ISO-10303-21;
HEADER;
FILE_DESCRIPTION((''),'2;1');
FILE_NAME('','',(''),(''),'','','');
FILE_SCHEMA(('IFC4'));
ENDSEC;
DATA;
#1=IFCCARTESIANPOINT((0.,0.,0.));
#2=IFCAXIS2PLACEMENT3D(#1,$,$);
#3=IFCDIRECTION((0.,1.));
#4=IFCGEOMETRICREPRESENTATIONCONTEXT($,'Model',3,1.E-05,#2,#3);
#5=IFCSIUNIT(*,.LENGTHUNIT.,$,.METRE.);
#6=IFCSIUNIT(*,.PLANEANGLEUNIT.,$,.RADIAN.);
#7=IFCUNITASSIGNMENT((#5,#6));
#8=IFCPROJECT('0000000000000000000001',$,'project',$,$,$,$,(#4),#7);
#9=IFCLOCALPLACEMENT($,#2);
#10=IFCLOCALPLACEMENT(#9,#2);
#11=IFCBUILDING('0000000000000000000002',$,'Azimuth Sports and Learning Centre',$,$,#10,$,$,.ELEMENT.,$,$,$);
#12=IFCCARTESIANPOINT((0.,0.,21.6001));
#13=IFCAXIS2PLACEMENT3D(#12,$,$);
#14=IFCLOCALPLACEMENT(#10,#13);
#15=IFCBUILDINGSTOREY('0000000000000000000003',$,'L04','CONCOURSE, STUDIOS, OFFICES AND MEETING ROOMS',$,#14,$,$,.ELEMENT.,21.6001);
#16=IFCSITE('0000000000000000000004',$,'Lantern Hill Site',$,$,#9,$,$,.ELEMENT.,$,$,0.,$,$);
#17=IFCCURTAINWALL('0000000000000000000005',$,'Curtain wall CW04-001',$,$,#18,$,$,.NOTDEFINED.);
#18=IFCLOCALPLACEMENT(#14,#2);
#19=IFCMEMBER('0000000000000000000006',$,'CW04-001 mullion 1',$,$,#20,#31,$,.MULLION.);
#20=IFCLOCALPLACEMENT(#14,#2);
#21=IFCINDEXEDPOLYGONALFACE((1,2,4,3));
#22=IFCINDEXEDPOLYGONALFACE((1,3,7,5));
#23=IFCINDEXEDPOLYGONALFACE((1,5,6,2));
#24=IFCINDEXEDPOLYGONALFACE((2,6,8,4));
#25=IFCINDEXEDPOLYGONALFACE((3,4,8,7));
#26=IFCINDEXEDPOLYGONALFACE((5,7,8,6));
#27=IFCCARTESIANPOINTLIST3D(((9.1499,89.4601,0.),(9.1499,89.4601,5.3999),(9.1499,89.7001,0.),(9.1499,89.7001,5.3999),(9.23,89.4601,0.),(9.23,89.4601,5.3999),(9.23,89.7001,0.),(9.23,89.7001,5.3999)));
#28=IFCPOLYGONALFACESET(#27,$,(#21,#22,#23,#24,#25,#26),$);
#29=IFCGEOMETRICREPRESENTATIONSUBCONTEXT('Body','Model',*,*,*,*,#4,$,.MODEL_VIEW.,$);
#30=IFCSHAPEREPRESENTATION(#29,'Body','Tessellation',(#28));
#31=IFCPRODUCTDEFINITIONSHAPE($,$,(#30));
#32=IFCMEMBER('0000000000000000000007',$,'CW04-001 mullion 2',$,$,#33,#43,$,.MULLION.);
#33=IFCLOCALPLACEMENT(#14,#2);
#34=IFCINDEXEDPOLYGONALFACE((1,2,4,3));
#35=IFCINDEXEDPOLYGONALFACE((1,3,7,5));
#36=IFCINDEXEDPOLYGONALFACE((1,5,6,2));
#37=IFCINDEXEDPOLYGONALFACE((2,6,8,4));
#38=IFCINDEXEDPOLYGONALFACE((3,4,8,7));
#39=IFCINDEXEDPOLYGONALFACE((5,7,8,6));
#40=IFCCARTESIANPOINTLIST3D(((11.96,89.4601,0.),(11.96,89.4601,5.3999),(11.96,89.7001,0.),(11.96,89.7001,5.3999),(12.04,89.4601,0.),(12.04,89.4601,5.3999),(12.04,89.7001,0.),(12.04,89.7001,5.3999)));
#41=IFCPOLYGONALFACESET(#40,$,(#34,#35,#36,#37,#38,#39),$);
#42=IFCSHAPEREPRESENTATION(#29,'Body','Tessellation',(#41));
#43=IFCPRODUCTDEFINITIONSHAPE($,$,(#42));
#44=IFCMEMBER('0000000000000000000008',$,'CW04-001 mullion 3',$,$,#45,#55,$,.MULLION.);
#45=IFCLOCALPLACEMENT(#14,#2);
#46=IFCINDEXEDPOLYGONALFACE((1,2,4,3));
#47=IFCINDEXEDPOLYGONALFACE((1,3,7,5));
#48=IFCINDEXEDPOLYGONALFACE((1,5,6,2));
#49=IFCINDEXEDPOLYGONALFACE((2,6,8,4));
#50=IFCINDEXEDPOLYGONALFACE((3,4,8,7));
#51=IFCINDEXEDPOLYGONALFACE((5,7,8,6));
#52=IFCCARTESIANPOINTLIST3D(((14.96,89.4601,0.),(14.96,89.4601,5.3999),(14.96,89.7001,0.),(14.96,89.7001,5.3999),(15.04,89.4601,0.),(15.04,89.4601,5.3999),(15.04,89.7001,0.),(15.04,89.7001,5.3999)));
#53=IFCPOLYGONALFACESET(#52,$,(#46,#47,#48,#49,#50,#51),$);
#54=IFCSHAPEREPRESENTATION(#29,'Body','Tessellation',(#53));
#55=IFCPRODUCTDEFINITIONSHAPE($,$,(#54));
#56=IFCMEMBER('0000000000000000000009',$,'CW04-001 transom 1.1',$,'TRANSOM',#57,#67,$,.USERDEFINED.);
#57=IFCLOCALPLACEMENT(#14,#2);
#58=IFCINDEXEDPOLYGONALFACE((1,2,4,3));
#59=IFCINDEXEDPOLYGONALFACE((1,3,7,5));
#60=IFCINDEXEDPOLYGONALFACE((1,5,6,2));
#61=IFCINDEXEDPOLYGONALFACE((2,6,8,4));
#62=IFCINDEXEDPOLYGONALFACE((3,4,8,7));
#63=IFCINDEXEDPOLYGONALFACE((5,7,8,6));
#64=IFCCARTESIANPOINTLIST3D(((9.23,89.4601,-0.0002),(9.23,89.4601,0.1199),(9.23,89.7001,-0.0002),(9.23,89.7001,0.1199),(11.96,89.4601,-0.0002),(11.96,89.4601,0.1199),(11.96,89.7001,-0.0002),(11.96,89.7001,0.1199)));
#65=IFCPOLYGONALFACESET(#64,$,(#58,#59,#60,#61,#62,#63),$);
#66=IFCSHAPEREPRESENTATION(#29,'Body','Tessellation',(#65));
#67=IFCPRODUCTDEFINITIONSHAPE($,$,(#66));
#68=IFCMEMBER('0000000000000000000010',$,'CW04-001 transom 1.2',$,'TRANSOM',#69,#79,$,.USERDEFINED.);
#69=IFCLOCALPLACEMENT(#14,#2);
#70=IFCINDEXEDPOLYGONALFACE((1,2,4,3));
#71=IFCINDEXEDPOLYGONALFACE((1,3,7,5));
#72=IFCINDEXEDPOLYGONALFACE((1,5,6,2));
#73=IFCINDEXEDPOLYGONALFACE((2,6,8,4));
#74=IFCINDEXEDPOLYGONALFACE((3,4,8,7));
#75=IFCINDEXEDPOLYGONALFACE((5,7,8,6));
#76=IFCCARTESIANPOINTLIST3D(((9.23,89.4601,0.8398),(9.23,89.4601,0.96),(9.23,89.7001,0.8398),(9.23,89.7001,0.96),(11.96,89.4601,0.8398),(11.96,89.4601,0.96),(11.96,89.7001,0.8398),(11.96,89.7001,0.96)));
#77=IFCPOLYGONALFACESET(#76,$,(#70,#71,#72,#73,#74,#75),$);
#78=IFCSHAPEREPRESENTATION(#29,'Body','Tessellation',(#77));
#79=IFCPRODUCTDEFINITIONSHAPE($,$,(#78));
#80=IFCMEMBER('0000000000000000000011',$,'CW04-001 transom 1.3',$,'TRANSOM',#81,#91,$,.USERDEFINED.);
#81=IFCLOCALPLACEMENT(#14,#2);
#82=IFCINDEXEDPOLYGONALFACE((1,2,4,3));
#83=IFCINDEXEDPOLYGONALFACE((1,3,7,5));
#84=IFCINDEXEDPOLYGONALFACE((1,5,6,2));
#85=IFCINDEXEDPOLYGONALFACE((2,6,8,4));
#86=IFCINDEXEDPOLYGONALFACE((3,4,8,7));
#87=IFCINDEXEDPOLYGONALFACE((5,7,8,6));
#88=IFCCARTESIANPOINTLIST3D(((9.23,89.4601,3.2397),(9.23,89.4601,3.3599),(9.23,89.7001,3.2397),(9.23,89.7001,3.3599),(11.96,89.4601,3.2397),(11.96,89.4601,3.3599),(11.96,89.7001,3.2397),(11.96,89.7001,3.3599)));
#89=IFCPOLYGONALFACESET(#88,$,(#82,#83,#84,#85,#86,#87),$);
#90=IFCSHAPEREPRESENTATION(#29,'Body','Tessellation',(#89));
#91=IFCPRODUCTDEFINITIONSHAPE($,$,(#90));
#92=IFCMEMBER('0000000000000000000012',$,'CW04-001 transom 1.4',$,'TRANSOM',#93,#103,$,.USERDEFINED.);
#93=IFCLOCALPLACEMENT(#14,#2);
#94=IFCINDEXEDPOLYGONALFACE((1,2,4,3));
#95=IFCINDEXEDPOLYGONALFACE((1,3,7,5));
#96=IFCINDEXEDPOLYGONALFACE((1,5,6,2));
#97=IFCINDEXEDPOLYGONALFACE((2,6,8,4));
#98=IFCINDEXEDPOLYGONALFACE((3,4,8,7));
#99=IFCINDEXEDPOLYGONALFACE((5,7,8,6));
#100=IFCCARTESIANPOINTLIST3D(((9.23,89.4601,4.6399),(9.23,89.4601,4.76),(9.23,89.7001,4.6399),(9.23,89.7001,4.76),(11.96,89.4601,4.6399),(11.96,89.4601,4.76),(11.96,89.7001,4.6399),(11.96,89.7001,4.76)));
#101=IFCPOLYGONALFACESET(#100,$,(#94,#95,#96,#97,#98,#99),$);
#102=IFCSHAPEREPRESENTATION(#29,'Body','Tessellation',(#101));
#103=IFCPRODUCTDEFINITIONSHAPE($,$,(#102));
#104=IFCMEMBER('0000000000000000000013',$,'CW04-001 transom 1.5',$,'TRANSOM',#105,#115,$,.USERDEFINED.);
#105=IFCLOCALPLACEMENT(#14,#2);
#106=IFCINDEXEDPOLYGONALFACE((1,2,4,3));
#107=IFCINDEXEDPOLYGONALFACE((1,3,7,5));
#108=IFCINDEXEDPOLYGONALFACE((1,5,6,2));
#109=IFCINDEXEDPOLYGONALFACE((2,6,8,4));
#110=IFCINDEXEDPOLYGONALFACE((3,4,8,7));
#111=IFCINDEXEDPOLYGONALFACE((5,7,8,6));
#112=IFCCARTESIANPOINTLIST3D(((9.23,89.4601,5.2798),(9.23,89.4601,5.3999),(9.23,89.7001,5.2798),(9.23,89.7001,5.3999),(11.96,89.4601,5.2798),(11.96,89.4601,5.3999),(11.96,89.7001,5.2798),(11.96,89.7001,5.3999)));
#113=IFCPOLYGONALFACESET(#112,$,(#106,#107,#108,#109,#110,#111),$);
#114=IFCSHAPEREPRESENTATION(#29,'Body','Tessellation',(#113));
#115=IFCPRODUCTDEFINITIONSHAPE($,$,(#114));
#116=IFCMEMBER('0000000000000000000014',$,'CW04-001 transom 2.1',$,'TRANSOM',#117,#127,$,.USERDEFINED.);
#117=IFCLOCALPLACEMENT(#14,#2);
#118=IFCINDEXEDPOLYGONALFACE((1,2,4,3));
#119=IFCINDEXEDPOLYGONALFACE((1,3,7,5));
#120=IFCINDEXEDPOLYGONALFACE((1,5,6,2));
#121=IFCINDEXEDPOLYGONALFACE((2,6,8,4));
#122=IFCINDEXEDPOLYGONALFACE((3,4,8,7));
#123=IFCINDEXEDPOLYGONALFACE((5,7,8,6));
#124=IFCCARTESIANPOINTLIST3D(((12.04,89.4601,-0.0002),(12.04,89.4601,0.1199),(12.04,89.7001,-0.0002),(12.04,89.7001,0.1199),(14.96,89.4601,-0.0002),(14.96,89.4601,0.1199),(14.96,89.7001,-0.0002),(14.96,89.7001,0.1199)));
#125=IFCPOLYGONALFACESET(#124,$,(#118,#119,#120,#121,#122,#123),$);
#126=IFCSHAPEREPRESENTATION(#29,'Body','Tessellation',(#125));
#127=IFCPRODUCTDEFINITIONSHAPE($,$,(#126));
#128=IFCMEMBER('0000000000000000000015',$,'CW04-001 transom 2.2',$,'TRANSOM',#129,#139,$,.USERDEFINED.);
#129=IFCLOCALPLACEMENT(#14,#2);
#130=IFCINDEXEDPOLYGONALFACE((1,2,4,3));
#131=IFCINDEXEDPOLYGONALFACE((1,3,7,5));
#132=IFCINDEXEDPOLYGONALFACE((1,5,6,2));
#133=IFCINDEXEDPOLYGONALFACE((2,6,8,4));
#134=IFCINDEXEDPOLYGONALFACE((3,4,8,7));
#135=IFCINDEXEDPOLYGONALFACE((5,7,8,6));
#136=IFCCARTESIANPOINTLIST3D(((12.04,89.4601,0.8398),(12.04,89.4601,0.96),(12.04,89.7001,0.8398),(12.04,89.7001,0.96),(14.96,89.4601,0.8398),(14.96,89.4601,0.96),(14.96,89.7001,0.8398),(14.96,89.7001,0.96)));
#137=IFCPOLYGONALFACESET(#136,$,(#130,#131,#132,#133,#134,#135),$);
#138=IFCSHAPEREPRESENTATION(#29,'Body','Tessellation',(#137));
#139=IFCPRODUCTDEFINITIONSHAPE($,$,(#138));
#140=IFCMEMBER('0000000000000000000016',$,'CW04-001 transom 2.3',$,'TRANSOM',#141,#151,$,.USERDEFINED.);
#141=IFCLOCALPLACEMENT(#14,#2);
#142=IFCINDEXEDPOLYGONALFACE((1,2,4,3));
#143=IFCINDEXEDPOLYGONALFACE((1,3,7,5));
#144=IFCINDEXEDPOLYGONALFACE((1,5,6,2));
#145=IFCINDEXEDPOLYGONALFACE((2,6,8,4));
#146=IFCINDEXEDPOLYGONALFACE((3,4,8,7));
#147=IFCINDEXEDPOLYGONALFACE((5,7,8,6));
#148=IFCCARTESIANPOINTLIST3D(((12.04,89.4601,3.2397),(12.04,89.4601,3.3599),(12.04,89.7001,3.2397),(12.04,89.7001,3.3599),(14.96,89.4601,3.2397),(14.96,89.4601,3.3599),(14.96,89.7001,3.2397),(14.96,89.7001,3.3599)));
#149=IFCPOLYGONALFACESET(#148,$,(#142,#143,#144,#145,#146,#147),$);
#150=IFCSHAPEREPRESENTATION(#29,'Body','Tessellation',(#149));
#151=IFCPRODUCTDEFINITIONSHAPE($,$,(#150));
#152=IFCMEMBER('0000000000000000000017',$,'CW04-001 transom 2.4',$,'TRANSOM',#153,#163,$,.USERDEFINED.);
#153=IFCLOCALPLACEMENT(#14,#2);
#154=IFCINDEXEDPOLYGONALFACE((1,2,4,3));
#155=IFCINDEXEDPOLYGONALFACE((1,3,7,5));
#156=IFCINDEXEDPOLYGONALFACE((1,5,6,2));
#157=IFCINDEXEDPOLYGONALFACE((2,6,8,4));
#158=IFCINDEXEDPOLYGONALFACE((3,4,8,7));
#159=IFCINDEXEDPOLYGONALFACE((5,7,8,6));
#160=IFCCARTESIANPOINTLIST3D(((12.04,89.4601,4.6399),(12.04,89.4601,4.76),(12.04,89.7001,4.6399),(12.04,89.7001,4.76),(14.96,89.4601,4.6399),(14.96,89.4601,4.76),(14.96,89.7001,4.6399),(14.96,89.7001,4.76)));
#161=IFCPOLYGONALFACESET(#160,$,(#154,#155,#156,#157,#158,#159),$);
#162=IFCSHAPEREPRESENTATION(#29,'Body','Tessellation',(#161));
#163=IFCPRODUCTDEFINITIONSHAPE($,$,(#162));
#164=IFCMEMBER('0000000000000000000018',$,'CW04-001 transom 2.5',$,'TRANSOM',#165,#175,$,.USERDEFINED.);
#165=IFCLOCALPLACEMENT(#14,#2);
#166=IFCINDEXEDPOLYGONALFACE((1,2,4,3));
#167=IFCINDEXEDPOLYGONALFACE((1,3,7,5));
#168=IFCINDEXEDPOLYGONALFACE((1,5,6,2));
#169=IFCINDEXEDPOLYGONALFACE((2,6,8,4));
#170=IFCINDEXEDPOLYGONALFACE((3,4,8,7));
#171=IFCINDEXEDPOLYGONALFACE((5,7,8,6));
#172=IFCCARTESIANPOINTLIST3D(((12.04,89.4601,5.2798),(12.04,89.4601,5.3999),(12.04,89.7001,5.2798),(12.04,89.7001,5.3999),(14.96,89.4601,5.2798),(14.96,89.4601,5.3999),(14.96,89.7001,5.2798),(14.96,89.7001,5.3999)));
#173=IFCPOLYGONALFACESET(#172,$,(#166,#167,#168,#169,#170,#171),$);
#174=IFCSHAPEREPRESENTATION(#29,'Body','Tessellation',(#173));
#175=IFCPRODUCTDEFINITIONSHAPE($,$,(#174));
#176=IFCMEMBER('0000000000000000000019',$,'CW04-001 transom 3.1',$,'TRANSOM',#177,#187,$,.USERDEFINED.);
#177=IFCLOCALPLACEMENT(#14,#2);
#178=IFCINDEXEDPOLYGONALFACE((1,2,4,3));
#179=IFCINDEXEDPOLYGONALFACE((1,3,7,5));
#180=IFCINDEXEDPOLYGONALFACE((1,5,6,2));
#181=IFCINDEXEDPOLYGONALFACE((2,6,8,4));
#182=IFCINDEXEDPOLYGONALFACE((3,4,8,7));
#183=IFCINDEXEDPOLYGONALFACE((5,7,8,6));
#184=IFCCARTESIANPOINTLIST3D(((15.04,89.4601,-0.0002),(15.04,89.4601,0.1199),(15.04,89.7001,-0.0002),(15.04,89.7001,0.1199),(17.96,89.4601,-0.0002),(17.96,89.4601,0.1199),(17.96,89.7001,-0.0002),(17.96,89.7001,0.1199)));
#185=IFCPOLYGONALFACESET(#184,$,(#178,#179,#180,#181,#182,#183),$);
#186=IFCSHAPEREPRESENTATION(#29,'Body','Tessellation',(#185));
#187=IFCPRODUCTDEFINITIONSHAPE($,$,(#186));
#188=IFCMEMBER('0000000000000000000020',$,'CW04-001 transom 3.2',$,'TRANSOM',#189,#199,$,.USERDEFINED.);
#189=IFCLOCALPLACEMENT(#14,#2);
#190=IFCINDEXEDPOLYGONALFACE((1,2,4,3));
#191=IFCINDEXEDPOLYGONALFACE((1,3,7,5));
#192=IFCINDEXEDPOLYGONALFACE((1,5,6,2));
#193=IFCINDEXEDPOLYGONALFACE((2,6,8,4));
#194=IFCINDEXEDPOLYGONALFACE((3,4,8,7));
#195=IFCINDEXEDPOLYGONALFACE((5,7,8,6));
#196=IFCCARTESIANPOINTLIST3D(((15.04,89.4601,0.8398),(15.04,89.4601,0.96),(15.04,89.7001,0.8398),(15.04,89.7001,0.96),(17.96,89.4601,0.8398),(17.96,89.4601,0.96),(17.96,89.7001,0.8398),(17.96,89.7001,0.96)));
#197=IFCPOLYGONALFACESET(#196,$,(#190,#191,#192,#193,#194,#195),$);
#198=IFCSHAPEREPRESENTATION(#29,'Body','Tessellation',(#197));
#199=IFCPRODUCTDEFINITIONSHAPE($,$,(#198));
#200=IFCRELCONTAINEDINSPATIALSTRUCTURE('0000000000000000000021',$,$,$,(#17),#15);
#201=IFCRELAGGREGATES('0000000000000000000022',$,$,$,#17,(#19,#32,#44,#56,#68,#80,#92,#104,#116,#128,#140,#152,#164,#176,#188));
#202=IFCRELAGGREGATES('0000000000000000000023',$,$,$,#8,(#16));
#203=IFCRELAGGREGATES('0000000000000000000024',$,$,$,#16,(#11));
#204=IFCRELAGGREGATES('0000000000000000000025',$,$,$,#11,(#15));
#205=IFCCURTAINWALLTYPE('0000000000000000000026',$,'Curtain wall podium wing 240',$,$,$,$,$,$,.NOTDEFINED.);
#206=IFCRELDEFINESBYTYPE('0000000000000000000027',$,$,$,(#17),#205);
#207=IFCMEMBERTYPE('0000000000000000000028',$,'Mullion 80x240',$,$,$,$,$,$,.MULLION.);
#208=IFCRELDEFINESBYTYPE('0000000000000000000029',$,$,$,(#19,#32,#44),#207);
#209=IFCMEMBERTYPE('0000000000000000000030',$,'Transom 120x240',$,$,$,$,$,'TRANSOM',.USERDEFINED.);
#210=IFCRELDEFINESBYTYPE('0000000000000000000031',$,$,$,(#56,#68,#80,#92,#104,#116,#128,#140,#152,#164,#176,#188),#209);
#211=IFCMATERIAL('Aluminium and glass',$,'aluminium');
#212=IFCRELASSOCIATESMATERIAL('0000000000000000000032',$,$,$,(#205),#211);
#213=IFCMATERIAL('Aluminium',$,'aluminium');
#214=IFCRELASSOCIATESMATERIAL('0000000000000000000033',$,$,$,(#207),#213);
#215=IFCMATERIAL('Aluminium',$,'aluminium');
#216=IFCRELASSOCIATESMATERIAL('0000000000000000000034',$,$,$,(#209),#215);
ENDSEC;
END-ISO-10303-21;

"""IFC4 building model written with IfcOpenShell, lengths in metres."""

from ifc_helpers import new_model, si_unit, direction, frame, origin, origin_2d, place, context, subcontext, project, spatial, rectangle, extrude, material, material_profile, profile_set, type_object, element, aggregate, save


model = new_model("IFC4")

# Units and contexts
model_context = context("Model", 3, precision=1e-05, world=origin(), true_north=direction((0.0, 1.0)))
body_context = subcontext(model_context, "Body", "Model", "MODEL_VIEW")
ifc_project = project(units=[si_unit("LENGTHUNIT", "METRE"), si_unit("PLANEANGLEUNIT", "RADIAN")], contexts=[model_context])

# Site, building, storey
site_placement = place(None, origin())
site = spatial("IfcSite", under=ifc_project, at=site_placement, Name="Lantern Hill Site", CompositionType="ELEMENT", RefElevation=0.0)
building_placement = place(site_placement, origin())
building = spatial("IfcBuilding", under=site, at=building_placement, Name="Azimuth Sports and Learning Centre", CompositionType="ELEMENT")
storey_placement = place(building_placement, frame((0.0, 0.0, 21.6001)))
storey = spatial("IfcBuildingStorey", under=building, at=storey_placement, Name="L04", Description="CONCOURSE, STUDIOS, OFFICES AND MEETING ROOMS", CompositionType="ELEMENT", Elevation=21.6001)

# Curtain wall, members
ifc_material_1 = material(Name="Aluminium and glass", Category="aluminium")
curtain_wall_type = type_object("IfcCurtainWallType", Name="Curtain wall podium wing 240", PredefinedType="NOTDEFINED", material=ifc_material_1)
curtain_wall_placement = place(storey_placement, origin())
curtain_wall = element("IfcCurtainWall", 1, at=curtain_wall_placement, inside=storey, type_object=curtain_wall_type, Name="Curtain wall CW04-001", PredefinedType="NOTDEFINED")
ifc_material_2 = material(Name="Aluminium", Category="aluminium")
ifc_material_profile_1 = material_profile(ifc_material_2, rectangle(XDim=0.24, YDim=0.0801, at=origin_2d()), Name="Mullion 80x240")
ifc_profile_set_1 = profile_set([ifc_material_profile_1], Name="Aluminium")
member_type_1 = type_object("IfcMemberType", Name="Mullion 80x240", PredefinedType="MULLION", material=ifc_profile_set_1)
member_1_placement = place(storey_placement, frame((9.1899, 89.5801, 0.0), z_axis=(0.0, 0.0, 1.0), x_axis=(0.0, 1.0, 0.0)))
member_1 = element("IfcMember", 2, at=member_1_placement, type_object=member_type_1, Name="CW04-001 mullion 1", PredefinedType="MULLION", context=body_context, shape_type="SweptSolid", body=[
    extrude(rectangle(XDim=0.24, YDim=0.0801, at=origin_2d()), origin(), (0.0, 0.0, 1.0), 5.3999),
])
member_2_placement = place(storey_placement, frame((12.0, 89.5801, 0.0), z_axis=(0.0, 0.0, 1.0), x_axis=(0.0, 1.0, 0.0)))
member_2 = element("IfcMember", 3, at=member_2_placement, type_object=member_type_1, Name="CW04-001 mullion 2", PredefinedType="MULLION", context=body_context, shape_type="SweptSolid", body=[
    extrude(rectangle(XDim=0.24, YDim=0.0801, at=origin_2d()), origin(), (0.0, 0.0, 1.0), 5.3999),
])
member_3_placement = place(storey_placement, frame((15.0, 89.5801, 0.0), z_axis=(0.0, 0.0, 1.0), x_axis=(0.0, 1.0, 0.0)))
member_3 = element("IfcMember", 4, at=member_3_placement, type_object=member_type_1, Name="CW04-001 mullion 3", PredefinedType="MULLION", context=body_context, shape_type="SweptSolid", body=[
    extrude(rectangle(XDim=0.24, YDim=0.0801, at=origin_2d()), origin(), (0.0, 0.0, 1.0), 5.3999),
])
ifc_material_3 = material(Name="Aluminium", Category="aluminium")
ifc_material_profile_2 = material_profile(ifc_material_3, rectangle(XDim=0.24, YDim=0.1201, at=origin_2d()), Name="Transom 120x240")
ifc_profile_set_2 = profile_set([ifc_material_profile_2], Name="Aluminium")
member_type_2 = type_object("IfcMemberType", Name="Transom 120x240", ElementType="TRANSOM", PredefinedType="USERDEFINED", material=ifc_profile_set_2)
member_4_placement = place(storey_placement, frame((9.23, 89.5801, 0.0598), z_axis=(1.0, 0.0, 0.0), x_axis=(0.0, 1.0, 0.0)))
member_4 = element("IfcMember", 5, at=member_4_placement, type_object=member_type_2, Name="CW04-001 transom 1.1", ObjectType="TRANSOM", PredefinedType="USERDEFINED", context=body_context, shape_type="SweptSolid", body=[
    extrude(rectangle(XDim=0.24, YDim=0.1201, at=origin_2d()), origin(), (0.0, 0.0, 1.0), 2.73),
])
member_5_placement = place(storey_placement, frame((9.23, 89.5801, 0.8999), z_axis=(1.0, 0.0, 0.0), x_axis=(0.0, 1.0, 0.0)))
member_5 = element("IfcMember", 6, at=member_5_placement, type_object=member_type_2, Name="CW04-001 transom 1.2", ObjectType="TRANSOM", PredefinedType="USERDEFINED", context=body_context, shape_type="SweptSolid", body=[
    extrude(rectangle(XDim=0.24, YDim=0.1201, at=origin_2d()), origin(), (0.0, 0.0, 1.0), 2.73),
])
member_6_placement = place(storey_placement, frame((9.23, 89.5801, 3.2998), z_axis=(1.0, 0.0, 0.0), x_axis=(0.0, 1.0, 0.0)))
member_6 = element("IfcMember", 7, at=member_6_placement, type_object=member_type_2, Name="CW04-001 transom 1.3", ObjectType="TRANSOM", PredefinedType="USERDEFINED", context=body_context, shape_type="SweptSolid", body=[
    extrude(rectangle(XDim=0.24, YDim=0.1201, at=origin_2d()), origin(), (0.0, 0.0, 1.0), 2.73),
])
member_7_placement = place(storey_placement, frame((9.23, 89.5801, 4.7), z_axis=(1.0, 0.0, 0.0), x_axis=(0.0, 1.0, 0.0)))
member_7 = element("IfcMember", 8, at=member_7_placement, type_object=member_type_2, Name="CW04-001 transom 1.4", ObjectType="TRANSOM", PredefinedType="USERDEFINED", context=body_context, shape_type="SweptSolid", body=[
    extrude(rectangle(XDim=0.24, YDim=0.1201, at=origin_2d()), origin(), (0.0, 0.0, 1.0), 2.73),
])
member_8_placement = place(storey_placement, frame((9.23, 89.5801, 5.3398), z_axis=(1.0, 0.0, 0.0), x_axis=(0.0, 1.0, 0.0)))
member_8 = element("IfcMember", 9, at=member_8_placement, type_object=member_type_2, Name="CW04-001 transom 1.5", ObjectType="TRANSOM", PredefinedType="USERDEFINED", context=body_context, shape_type="SweptSolid", body=[
    extrude(rectangle(XDim=0.24, YDim=0.1201, at=origin_2d()), origin(), (0.0, 0.0, 1.0), 2.73),
])
member_9_placement = place(storey_placement, frame((12.04, 89.5801, 0.0598), z_axis=(1.0, 0.0, 0.0), x_axis=(0.0, 1.0, 0.0)))
member_9 = element("IfcMember", 10, at=member_9_placement, type_object=member_type_2, Name="CW04-001 transom 2.1", ObjectType="TRANSOM", PredefinedType="USERDEFINED", context=body_context, shape_type="SweptSolid", body=[
    extrude(rectangle(XDim=0.24, YDim=0.1201, at=origin_2d()), origin(), (0.0, 0.0, 1.0), 2.9199),
])
member_10_placement = place(storey_placement, frame((12.04, 89.5801, 0.8999), z_axis=(1.0, 0.0, 0.0), x_axis=(0.0, 1.0, 0.0)))
member_10 = element("IfcMember", 11, at=member_10_placement, type_object=member_type_2, Name="CW04-001 transom 2.2", ObjectType="TRANSOM", PredefinedType="USERDEFINED", context=body_context, shape_type="SweptSolid", body=[
    extrude(rectangle(XDim=0.24, YDim=0.1201, at=origin_2d()), origin(), (0.0, 0.0, 1.0), 2.9199),
])
member_11_placement = place(storey_placement, frame((12.04, 89.5801, 3.2998), z_axis=(1.0, 0.0, 0.0), x_axis=(0.0, 1.0, 0.0)))
member_11 = element("IfcMember", 12, at=member_11_placement, type_object=member_type_2, Name="CW04-001 transom 2.3", ObjectType="TRANSOM", PredefinedType="USERDEFINED", context=body_context, shape_type="SweptSolid", body=[
    extrude(rectangle(XDim=0.24, YDim=0.1201, at=origin_2d()), origin(), (0.0, 0.0, 1.0), 2.9199),
])
member_12_placement = place(storey_placement, frame((12.04, 89.5801, 4.7), z_axis=(1.0, 0.0, 0.0), x_axis=(0.0, 1.0, 0.0)))
member_12 = element("IfcMember", 13, at=member_12_placement, type_object=member_type_2, Name="CW04-001 transom 2.4", ObjectType="TRANSOM", PredefinedType="USERDEFINED", context=body_context, shape_type="SweptSolid", body=[
    extrude(rectangle(XDim=0.24, YDim=0.1201, at=origin_2d()), origin(), (0.0, 0.0, 1.0), 2.9199),
])
member_13_placement = place(storey_placement, frame((12.04, 89.5801, 5.3398), z_axis=(1.0, 0.0, 0.0), x_axis=(0.0, 1.0, 0.0)))
member_13 = element("IfcMember", 14, at=member_13_placement, type_object=member_type_2, Name="CW04-001 transom 2.5", ObjectType="TRANSOM", PredefinedType="USERDEFINED", context=body_context, shape_type="SweptSolid", body=[
    extrude(rectangle(XDim=0.24, YDim=0.1201, at=origin_2d()), origin(), (0.0, 0.0, 1.0), 2.9199),
])
member_14_placement = place(storey_placement, frame((15.04, 89.5801, 0.0598), z_axis=(1.0, 0.0, 0.0), x_axis=(0.0, 1.0, 0.0)))
member_14 = element("IfcMember", 15, at=member_14_placement, type_object=member_type_2, Name="CW04-001 transom 3.1", ObjectType="TRANSOM", PredefinedType="USERDEFINED", context=body_context, shape_type="SweptSolid", body=[
    extrude(rectangle(XDim=0.24, YDim=0.1201, at=origin_2d()), origin(), (0.0, 0.0, 1.0), 2.9199),
])
member_15_placement = place(storey_placement, frame((15.04, 89.5801, 0.8999), z_axis=(1.0, 0.0, 0.0), x_axis=(0.0, 1.0, 0.0)))
member_15 = element("IfcMember", 16, at=member_15_placement, type_object=member_type_2, Name="CW04-001 transom 3.2", ObjectType="TRANSOM", PredefinedType="USERDEFINED", context=body_context, shape_type="SweptSolid", body=[
    extrude(rectangle(XDim=0.24, YDim=0.1201, at=origin_2d()), origin(), (0.0, 0.0, 1.0), 2.9199),
])
aggregate(curtain_wall, [member_1, member_2, member_3, member_4, member_5, member_6, member_7, member_8, member_9, member_10, member_11, member_12, member_13, member_14, member_15])

save(model, "model.ifc")
